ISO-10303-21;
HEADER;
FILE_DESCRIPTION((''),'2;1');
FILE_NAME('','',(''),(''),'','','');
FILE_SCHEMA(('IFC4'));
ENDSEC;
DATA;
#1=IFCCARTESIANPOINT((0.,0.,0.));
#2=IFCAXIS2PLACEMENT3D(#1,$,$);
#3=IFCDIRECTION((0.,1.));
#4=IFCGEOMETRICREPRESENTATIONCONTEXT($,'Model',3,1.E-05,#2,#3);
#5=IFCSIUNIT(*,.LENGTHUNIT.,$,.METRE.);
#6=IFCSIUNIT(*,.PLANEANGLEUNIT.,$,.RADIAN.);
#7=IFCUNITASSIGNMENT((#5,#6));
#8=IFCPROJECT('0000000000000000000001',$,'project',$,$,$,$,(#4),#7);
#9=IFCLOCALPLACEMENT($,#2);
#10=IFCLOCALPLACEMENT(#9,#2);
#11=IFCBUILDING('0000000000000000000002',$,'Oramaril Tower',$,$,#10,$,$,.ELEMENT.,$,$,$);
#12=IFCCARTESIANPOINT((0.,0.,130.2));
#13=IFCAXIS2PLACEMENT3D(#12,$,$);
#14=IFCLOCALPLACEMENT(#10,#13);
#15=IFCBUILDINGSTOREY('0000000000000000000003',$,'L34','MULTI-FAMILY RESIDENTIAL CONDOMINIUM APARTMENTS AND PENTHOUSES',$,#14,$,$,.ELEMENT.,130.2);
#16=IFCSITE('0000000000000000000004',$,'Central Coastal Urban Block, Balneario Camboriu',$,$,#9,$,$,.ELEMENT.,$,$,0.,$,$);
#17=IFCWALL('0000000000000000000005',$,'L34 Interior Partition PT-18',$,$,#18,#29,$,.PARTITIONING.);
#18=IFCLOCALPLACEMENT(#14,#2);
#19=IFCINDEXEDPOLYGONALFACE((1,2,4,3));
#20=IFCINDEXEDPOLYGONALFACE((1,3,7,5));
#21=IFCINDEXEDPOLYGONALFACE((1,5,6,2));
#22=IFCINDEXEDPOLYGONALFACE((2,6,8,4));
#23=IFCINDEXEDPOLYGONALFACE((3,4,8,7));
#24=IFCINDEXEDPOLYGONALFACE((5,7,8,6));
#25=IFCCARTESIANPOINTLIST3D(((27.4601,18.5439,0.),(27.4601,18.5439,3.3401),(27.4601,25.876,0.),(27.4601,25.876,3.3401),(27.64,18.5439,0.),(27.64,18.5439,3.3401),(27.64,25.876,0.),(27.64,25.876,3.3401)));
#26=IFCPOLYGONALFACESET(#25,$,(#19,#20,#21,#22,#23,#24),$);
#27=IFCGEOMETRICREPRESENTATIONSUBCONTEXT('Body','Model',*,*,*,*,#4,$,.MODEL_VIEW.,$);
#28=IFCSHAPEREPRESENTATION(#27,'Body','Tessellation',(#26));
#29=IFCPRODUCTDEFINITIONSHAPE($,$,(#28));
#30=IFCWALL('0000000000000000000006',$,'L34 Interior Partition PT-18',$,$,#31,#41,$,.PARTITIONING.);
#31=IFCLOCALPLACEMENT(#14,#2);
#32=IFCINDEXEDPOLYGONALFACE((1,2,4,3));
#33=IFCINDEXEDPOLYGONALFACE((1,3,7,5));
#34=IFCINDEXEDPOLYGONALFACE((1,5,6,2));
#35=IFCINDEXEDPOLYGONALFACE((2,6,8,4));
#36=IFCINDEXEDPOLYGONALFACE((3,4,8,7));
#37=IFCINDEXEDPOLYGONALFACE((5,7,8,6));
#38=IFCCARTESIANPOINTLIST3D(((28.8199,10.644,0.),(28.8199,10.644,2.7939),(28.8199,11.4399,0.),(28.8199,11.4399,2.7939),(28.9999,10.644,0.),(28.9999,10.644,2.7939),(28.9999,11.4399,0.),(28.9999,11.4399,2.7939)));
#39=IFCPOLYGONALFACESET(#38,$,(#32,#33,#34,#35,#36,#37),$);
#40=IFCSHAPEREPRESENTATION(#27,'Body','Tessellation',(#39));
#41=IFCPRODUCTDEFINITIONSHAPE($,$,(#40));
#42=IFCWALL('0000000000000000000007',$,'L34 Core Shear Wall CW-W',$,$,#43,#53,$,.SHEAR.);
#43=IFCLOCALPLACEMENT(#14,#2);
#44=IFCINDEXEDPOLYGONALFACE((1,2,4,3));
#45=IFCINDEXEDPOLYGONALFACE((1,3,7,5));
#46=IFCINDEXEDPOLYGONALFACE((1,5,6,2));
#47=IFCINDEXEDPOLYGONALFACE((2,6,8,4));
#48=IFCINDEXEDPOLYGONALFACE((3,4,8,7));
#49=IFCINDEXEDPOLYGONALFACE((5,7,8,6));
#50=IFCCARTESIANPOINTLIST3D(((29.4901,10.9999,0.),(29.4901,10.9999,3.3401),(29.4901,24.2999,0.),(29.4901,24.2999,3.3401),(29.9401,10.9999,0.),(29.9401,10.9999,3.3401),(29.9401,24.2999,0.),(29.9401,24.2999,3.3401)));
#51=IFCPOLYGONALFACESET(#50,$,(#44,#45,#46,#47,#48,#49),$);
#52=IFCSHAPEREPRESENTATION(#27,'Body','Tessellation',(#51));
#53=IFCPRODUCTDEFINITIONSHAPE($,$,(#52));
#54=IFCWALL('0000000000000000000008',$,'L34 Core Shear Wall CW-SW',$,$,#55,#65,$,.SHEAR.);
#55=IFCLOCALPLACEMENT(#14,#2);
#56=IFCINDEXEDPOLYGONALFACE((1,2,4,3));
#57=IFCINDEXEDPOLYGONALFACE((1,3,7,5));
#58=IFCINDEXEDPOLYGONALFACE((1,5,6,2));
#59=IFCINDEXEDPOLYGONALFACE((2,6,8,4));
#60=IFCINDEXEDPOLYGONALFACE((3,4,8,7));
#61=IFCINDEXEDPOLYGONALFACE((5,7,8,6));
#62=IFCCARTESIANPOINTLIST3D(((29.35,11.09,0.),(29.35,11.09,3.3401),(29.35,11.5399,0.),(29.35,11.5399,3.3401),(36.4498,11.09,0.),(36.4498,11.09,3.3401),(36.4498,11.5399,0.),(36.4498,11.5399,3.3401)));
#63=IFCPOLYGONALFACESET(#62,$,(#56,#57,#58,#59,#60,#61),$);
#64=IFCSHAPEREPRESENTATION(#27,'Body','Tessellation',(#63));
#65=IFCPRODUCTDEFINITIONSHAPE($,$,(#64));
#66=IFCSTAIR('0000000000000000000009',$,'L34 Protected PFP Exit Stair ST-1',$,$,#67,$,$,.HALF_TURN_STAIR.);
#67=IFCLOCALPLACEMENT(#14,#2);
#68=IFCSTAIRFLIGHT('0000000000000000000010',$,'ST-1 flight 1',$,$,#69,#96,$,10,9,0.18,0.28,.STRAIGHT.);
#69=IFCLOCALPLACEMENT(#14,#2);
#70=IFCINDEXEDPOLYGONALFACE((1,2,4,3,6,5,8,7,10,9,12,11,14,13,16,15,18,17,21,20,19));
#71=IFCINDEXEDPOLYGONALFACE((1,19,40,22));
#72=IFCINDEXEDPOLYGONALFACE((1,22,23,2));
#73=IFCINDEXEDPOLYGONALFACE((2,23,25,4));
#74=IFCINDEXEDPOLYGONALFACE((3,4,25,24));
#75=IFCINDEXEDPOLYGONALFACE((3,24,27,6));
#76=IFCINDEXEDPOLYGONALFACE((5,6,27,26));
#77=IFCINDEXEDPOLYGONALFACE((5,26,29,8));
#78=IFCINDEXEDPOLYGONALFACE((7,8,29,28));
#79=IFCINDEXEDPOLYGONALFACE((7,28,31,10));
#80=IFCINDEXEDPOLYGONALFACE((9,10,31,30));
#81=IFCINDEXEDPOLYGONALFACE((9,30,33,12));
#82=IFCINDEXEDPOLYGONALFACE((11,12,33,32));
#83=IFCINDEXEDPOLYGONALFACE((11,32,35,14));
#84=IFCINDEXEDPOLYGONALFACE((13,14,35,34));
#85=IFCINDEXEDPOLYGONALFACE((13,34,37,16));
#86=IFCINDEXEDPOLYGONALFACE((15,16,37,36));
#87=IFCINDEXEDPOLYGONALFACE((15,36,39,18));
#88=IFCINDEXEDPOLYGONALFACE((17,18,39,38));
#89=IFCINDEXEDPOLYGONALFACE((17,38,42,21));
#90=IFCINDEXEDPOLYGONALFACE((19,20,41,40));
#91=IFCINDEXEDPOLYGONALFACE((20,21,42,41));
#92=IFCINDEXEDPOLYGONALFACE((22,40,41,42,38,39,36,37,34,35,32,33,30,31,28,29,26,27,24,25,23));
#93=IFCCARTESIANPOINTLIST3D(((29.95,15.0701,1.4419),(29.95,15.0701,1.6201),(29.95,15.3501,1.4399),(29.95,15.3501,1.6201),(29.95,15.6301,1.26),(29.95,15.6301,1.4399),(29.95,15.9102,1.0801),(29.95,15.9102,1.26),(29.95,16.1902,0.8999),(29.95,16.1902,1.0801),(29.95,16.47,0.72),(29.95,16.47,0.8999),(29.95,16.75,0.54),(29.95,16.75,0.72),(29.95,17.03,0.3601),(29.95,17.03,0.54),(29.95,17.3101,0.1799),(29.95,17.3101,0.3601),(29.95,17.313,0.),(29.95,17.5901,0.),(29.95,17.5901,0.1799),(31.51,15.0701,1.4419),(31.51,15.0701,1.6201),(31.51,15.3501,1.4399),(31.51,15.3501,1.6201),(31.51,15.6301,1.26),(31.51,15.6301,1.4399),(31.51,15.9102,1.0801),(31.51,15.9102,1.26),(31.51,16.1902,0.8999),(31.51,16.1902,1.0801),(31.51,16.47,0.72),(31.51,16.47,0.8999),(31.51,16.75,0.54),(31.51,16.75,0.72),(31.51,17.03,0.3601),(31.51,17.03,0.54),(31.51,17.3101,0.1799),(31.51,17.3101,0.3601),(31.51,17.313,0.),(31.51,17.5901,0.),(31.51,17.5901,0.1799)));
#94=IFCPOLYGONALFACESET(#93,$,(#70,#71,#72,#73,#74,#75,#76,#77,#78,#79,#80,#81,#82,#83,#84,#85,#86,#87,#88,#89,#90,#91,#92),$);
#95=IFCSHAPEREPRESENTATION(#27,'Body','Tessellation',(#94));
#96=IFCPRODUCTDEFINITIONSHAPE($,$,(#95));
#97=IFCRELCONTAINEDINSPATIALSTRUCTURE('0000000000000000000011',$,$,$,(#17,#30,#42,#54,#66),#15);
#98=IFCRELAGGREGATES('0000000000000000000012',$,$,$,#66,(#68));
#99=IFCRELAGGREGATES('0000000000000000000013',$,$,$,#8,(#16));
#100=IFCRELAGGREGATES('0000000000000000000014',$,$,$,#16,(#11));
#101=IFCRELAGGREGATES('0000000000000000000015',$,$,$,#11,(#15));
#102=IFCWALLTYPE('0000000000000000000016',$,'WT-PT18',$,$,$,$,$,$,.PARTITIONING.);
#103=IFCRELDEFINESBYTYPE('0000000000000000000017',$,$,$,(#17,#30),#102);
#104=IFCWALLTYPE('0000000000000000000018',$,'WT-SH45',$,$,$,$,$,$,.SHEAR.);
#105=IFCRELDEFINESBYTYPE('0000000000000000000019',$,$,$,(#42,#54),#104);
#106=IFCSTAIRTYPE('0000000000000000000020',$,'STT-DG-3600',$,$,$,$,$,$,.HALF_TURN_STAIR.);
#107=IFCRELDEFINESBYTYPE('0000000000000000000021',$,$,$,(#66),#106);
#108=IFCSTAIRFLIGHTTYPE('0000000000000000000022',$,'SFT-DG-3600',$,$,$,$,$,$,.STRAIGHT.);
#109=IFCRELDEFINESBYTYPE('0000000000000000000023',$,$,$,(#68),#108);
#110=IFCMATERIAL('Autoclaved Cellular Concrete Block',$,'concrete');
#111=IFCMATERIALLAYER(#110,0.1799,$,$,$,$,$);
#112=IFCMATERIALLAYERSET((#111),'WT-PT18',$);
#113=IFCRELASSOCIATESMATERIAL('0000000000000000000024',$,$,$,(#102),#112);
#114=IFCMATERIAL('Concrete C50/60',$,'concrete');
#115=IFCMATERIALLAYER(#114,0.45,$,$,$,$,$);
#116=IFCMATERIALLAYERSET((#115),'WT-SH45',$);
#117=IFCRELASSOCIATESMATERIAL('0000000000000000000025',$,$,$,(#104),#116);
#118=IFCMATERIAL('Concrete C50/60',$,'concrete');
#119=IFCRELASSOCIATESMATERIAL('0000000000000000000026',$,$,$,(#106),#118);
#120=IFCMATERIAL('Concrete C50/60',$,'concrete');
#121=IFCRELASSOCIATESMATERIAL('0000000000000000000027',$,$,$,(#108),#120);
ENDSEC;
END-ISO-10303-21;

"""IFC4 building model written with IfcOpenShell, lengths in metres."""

from ifc_helpers import new_model, si_unit, direction, frame, frame_2d, origin, place, context, subcontext, project, spatial, polyline, rectangle, outline, extrude, material, layer, layer_set, type_object, element, aggregate, save


model = new_model("IFC4")

# Units and contexts
model_context = context("Model", 3, precision=1e-05, world=origin(), true_north=direction((0.0, 1.0)))
body_context = subcontext(model_context, "Body", "Model", "MODEL_VIEW")
ifc_project = project(units=[si_unit("LENGTHUNIT", "METRE"), si_unit("PLANEANGLEUNIT", "RADIAN")], contexts=[model_context])

# Site, building, storey
site_placement = place(None, origin())
site = spatial("IfcSite", under=ifc_project, at=site_placement, Name="Central Coastal Urban Block, Balneario Camboriu", CompositionType="ELEMENT", RefElevation=0.0)
building_placement = place(site_placement, origin())
building = spatial("IfcBuilding", under=site, at=building_placement, Name="Oramaril Tower", CompositionType="ELEMENT")
storey_placement = place(building_placement, frame((0.0, 0.0, 130.2)))
storey = spatial("IfcBuildingStorey", under=building, at=storey_placement, Name="L34", Description="MULTI-FAMILY RESIDENTIAL CONDOMINIUM APARTMENTS AND PENTHOUSES", CompositionType="ELEMENT", Elevation=130.2)

# Walls
ifc_material_1 = material(Name="Autoclaved Cellular Concrete Block", Category="concrete")
ifc_layer_1 = layer(ifc_material_1, 0.1799)
ifc_layer_set_1 = layer_set([ifc_layer_1], Name="WT-PT18")
wall_type_1 = type_object("IfcWallType", Name="WT-PT18", PredefinedType="PARTITIONING", material=ifc_layer_set_1)
wall_1_placement = place(storey_placement, frame((27.55, 18.5439, 0.0), z_axis=(0.0, 0.0, 1.0), x_axis=(0.0, 1.0, 0.0)))
element("IfcWall", 1, at=wall_1_placement, inside=storey, type_object=wall_type_1, Name="L34 Interior Partition PT-18", PredefinedType="PARTITIONING", context=body_context, shape_type="SweptSolid", body=[
    extrude(rectangle(XDim=7.332, YDim=0.1799, at=frame_2d((3.666, 0.0))), origin(), (0.0, 0.0, 1.0), 3.3401),
])
wall_2_placement = place(storey_placement, frame((28.9099, 10.644, 0.0), z_axis=(0.0, 0.0, 1.0), x_axis=(0.0, 1.0, 0.0)))
element("IfcWall", 2, at=wall_2_placement, inside=storey, type_object=wall_type_1, Name="L34 Interior Partition PT-18", PredefinedType="PARTITIONING", context=body_context, shape_type="SweptSolid", body=[
    extrude(rectangle(XDim=0.7959, YDim=0.1799, at=frame_2d((0.3979, 0.0))), origin(), (0.0, 0.0, 1.0), 2.7939),
])

# Walls
ifc_material_2 = material(Name="Concrete C50/60", Category="concrete")
ifc_layer_2 = layer(ifc_material_2, 0.45)
ifc_layer_set_2 = layer_set([ifc_layer_2], Name="WT-SH45")
wall_type_2 = type_object("IfcWallType", Name="WT-SH45", PredefinedType="SHEAR", material=ifc_layer_set_2)
wall_3_placement = place(storey_placement, frame((29.7151, 11.0, 0.0), z_axis=(0.0, 0.0, 1.0), x_axis=(0.0, 1.0, 0.0)))
element("IfcWall", 3, at=wall_3_placement, inside=storey, type_object=wall_type_2, Name="L34 Core Shear Wall CW-W", PredefinedType="SHEAR", context=body_context, shape_type="SweptSolid", body=[
    extrude(rectangle(XDim=13.3, YDim=0.45, at=frame_2d((6.6499, 0.0))), origin(), (0.0, 0.0, 1.0), 3.3401),
])
wall_4_placement = place(storey_placement, frame((29.3501, 11.3149, 0.0), z_axis=(0.0, 0.0, 1.0), x_axis=(1.0, 0.0, 0.0)))
element("IfcWall", 4, at=wall_4_placement, inside=storey, type_object=wall_type_2, Name="L34 Core Shear Wall CW-SW", PredefinedType="SHEAR", context=body_context, shape_type="SweptSolid", body=[
    extrude(rectangle(XDim=7.0999, YDim=0.45, at=frame_2d((3.5498, 0.0))), origin(), (0.0, 0.0, 1.0), 3.3401),
])

# Stair, stair flight
ifc_material_3 = material(Name="Concrete C50/60", Category="concrete")
stair_type = type_object("IfcStairType", Name="STT-DG-3600", PredefinedType="HALF_TURN_STAIR", material=ifc_material_3)
stair_placement = place(storey_placement, origin())
stair = element("IfcStair", 5, at=stair_placement, inside=storey, type_object=stair_type, Name="L34 Protected PFP Exit Stair ST-1", PredefinedType="HALF_TURN_STAIR")
ifc_material_4 = material(Name="Concrete C50/60", Category="concrete")
stair_flight_type = type_object("IfcStairFlightType", Name="SFT-DG-3600", PredefinedType="STRAIGHT", material=ifc_material_4)
stair_flight_placement = place(storey_placement, frame((30.73, 17.5901, 0.0), z_axis=(0.0, 0.0, 1.0), x_axis=(0.0, -1.0, 0.0)))
stair_flight = element("IfcStairFlight", 6, at=stair_flight_placement, type_object=stair_flight_type, Name="ST-1 flight 1", NumberOfRisers=10, NumberOfTreads=9, PredefinedType="STRAIGHT", RiserHeight=0.18, TreadLength=0.28, context=body_context, shape_type="SweptSolid", body=[
    extrude(outline(polyline([(0.0, 0.0), (0.0, 0.1799), (0.28, 0.1799), (0.28, 0.3601), (0.5601, 0.3601), (0.5601, 0.54), (0.8401, 0.54), (0.8401, 0.72), (1.1201, 0.72), (1.1201, 0.8999), (1.3999, 0.8999), (1.3999, 1.0801), (1.6799, 1.0801), (1.6799, 1.26), (1.96, 1.26), (1.96, 1.4399), (2.24, 1.4399), (2.24, 1.6201), (2.52, 1.6201), (2.52, 1.8), (2.52, 1.4419), (0.2771, 0.0), (0.0, 0.0)])), frame((0.0, 0.78, 0.0), z_axis=(0.0, -1.0, 0.0), x_axis=(1.0, 0.0, 0.0)), (0.0, 0.0, 1.0), 1.5601),
])
aggregate(stair, [stair_flight])

save(model, "model.ifc")
